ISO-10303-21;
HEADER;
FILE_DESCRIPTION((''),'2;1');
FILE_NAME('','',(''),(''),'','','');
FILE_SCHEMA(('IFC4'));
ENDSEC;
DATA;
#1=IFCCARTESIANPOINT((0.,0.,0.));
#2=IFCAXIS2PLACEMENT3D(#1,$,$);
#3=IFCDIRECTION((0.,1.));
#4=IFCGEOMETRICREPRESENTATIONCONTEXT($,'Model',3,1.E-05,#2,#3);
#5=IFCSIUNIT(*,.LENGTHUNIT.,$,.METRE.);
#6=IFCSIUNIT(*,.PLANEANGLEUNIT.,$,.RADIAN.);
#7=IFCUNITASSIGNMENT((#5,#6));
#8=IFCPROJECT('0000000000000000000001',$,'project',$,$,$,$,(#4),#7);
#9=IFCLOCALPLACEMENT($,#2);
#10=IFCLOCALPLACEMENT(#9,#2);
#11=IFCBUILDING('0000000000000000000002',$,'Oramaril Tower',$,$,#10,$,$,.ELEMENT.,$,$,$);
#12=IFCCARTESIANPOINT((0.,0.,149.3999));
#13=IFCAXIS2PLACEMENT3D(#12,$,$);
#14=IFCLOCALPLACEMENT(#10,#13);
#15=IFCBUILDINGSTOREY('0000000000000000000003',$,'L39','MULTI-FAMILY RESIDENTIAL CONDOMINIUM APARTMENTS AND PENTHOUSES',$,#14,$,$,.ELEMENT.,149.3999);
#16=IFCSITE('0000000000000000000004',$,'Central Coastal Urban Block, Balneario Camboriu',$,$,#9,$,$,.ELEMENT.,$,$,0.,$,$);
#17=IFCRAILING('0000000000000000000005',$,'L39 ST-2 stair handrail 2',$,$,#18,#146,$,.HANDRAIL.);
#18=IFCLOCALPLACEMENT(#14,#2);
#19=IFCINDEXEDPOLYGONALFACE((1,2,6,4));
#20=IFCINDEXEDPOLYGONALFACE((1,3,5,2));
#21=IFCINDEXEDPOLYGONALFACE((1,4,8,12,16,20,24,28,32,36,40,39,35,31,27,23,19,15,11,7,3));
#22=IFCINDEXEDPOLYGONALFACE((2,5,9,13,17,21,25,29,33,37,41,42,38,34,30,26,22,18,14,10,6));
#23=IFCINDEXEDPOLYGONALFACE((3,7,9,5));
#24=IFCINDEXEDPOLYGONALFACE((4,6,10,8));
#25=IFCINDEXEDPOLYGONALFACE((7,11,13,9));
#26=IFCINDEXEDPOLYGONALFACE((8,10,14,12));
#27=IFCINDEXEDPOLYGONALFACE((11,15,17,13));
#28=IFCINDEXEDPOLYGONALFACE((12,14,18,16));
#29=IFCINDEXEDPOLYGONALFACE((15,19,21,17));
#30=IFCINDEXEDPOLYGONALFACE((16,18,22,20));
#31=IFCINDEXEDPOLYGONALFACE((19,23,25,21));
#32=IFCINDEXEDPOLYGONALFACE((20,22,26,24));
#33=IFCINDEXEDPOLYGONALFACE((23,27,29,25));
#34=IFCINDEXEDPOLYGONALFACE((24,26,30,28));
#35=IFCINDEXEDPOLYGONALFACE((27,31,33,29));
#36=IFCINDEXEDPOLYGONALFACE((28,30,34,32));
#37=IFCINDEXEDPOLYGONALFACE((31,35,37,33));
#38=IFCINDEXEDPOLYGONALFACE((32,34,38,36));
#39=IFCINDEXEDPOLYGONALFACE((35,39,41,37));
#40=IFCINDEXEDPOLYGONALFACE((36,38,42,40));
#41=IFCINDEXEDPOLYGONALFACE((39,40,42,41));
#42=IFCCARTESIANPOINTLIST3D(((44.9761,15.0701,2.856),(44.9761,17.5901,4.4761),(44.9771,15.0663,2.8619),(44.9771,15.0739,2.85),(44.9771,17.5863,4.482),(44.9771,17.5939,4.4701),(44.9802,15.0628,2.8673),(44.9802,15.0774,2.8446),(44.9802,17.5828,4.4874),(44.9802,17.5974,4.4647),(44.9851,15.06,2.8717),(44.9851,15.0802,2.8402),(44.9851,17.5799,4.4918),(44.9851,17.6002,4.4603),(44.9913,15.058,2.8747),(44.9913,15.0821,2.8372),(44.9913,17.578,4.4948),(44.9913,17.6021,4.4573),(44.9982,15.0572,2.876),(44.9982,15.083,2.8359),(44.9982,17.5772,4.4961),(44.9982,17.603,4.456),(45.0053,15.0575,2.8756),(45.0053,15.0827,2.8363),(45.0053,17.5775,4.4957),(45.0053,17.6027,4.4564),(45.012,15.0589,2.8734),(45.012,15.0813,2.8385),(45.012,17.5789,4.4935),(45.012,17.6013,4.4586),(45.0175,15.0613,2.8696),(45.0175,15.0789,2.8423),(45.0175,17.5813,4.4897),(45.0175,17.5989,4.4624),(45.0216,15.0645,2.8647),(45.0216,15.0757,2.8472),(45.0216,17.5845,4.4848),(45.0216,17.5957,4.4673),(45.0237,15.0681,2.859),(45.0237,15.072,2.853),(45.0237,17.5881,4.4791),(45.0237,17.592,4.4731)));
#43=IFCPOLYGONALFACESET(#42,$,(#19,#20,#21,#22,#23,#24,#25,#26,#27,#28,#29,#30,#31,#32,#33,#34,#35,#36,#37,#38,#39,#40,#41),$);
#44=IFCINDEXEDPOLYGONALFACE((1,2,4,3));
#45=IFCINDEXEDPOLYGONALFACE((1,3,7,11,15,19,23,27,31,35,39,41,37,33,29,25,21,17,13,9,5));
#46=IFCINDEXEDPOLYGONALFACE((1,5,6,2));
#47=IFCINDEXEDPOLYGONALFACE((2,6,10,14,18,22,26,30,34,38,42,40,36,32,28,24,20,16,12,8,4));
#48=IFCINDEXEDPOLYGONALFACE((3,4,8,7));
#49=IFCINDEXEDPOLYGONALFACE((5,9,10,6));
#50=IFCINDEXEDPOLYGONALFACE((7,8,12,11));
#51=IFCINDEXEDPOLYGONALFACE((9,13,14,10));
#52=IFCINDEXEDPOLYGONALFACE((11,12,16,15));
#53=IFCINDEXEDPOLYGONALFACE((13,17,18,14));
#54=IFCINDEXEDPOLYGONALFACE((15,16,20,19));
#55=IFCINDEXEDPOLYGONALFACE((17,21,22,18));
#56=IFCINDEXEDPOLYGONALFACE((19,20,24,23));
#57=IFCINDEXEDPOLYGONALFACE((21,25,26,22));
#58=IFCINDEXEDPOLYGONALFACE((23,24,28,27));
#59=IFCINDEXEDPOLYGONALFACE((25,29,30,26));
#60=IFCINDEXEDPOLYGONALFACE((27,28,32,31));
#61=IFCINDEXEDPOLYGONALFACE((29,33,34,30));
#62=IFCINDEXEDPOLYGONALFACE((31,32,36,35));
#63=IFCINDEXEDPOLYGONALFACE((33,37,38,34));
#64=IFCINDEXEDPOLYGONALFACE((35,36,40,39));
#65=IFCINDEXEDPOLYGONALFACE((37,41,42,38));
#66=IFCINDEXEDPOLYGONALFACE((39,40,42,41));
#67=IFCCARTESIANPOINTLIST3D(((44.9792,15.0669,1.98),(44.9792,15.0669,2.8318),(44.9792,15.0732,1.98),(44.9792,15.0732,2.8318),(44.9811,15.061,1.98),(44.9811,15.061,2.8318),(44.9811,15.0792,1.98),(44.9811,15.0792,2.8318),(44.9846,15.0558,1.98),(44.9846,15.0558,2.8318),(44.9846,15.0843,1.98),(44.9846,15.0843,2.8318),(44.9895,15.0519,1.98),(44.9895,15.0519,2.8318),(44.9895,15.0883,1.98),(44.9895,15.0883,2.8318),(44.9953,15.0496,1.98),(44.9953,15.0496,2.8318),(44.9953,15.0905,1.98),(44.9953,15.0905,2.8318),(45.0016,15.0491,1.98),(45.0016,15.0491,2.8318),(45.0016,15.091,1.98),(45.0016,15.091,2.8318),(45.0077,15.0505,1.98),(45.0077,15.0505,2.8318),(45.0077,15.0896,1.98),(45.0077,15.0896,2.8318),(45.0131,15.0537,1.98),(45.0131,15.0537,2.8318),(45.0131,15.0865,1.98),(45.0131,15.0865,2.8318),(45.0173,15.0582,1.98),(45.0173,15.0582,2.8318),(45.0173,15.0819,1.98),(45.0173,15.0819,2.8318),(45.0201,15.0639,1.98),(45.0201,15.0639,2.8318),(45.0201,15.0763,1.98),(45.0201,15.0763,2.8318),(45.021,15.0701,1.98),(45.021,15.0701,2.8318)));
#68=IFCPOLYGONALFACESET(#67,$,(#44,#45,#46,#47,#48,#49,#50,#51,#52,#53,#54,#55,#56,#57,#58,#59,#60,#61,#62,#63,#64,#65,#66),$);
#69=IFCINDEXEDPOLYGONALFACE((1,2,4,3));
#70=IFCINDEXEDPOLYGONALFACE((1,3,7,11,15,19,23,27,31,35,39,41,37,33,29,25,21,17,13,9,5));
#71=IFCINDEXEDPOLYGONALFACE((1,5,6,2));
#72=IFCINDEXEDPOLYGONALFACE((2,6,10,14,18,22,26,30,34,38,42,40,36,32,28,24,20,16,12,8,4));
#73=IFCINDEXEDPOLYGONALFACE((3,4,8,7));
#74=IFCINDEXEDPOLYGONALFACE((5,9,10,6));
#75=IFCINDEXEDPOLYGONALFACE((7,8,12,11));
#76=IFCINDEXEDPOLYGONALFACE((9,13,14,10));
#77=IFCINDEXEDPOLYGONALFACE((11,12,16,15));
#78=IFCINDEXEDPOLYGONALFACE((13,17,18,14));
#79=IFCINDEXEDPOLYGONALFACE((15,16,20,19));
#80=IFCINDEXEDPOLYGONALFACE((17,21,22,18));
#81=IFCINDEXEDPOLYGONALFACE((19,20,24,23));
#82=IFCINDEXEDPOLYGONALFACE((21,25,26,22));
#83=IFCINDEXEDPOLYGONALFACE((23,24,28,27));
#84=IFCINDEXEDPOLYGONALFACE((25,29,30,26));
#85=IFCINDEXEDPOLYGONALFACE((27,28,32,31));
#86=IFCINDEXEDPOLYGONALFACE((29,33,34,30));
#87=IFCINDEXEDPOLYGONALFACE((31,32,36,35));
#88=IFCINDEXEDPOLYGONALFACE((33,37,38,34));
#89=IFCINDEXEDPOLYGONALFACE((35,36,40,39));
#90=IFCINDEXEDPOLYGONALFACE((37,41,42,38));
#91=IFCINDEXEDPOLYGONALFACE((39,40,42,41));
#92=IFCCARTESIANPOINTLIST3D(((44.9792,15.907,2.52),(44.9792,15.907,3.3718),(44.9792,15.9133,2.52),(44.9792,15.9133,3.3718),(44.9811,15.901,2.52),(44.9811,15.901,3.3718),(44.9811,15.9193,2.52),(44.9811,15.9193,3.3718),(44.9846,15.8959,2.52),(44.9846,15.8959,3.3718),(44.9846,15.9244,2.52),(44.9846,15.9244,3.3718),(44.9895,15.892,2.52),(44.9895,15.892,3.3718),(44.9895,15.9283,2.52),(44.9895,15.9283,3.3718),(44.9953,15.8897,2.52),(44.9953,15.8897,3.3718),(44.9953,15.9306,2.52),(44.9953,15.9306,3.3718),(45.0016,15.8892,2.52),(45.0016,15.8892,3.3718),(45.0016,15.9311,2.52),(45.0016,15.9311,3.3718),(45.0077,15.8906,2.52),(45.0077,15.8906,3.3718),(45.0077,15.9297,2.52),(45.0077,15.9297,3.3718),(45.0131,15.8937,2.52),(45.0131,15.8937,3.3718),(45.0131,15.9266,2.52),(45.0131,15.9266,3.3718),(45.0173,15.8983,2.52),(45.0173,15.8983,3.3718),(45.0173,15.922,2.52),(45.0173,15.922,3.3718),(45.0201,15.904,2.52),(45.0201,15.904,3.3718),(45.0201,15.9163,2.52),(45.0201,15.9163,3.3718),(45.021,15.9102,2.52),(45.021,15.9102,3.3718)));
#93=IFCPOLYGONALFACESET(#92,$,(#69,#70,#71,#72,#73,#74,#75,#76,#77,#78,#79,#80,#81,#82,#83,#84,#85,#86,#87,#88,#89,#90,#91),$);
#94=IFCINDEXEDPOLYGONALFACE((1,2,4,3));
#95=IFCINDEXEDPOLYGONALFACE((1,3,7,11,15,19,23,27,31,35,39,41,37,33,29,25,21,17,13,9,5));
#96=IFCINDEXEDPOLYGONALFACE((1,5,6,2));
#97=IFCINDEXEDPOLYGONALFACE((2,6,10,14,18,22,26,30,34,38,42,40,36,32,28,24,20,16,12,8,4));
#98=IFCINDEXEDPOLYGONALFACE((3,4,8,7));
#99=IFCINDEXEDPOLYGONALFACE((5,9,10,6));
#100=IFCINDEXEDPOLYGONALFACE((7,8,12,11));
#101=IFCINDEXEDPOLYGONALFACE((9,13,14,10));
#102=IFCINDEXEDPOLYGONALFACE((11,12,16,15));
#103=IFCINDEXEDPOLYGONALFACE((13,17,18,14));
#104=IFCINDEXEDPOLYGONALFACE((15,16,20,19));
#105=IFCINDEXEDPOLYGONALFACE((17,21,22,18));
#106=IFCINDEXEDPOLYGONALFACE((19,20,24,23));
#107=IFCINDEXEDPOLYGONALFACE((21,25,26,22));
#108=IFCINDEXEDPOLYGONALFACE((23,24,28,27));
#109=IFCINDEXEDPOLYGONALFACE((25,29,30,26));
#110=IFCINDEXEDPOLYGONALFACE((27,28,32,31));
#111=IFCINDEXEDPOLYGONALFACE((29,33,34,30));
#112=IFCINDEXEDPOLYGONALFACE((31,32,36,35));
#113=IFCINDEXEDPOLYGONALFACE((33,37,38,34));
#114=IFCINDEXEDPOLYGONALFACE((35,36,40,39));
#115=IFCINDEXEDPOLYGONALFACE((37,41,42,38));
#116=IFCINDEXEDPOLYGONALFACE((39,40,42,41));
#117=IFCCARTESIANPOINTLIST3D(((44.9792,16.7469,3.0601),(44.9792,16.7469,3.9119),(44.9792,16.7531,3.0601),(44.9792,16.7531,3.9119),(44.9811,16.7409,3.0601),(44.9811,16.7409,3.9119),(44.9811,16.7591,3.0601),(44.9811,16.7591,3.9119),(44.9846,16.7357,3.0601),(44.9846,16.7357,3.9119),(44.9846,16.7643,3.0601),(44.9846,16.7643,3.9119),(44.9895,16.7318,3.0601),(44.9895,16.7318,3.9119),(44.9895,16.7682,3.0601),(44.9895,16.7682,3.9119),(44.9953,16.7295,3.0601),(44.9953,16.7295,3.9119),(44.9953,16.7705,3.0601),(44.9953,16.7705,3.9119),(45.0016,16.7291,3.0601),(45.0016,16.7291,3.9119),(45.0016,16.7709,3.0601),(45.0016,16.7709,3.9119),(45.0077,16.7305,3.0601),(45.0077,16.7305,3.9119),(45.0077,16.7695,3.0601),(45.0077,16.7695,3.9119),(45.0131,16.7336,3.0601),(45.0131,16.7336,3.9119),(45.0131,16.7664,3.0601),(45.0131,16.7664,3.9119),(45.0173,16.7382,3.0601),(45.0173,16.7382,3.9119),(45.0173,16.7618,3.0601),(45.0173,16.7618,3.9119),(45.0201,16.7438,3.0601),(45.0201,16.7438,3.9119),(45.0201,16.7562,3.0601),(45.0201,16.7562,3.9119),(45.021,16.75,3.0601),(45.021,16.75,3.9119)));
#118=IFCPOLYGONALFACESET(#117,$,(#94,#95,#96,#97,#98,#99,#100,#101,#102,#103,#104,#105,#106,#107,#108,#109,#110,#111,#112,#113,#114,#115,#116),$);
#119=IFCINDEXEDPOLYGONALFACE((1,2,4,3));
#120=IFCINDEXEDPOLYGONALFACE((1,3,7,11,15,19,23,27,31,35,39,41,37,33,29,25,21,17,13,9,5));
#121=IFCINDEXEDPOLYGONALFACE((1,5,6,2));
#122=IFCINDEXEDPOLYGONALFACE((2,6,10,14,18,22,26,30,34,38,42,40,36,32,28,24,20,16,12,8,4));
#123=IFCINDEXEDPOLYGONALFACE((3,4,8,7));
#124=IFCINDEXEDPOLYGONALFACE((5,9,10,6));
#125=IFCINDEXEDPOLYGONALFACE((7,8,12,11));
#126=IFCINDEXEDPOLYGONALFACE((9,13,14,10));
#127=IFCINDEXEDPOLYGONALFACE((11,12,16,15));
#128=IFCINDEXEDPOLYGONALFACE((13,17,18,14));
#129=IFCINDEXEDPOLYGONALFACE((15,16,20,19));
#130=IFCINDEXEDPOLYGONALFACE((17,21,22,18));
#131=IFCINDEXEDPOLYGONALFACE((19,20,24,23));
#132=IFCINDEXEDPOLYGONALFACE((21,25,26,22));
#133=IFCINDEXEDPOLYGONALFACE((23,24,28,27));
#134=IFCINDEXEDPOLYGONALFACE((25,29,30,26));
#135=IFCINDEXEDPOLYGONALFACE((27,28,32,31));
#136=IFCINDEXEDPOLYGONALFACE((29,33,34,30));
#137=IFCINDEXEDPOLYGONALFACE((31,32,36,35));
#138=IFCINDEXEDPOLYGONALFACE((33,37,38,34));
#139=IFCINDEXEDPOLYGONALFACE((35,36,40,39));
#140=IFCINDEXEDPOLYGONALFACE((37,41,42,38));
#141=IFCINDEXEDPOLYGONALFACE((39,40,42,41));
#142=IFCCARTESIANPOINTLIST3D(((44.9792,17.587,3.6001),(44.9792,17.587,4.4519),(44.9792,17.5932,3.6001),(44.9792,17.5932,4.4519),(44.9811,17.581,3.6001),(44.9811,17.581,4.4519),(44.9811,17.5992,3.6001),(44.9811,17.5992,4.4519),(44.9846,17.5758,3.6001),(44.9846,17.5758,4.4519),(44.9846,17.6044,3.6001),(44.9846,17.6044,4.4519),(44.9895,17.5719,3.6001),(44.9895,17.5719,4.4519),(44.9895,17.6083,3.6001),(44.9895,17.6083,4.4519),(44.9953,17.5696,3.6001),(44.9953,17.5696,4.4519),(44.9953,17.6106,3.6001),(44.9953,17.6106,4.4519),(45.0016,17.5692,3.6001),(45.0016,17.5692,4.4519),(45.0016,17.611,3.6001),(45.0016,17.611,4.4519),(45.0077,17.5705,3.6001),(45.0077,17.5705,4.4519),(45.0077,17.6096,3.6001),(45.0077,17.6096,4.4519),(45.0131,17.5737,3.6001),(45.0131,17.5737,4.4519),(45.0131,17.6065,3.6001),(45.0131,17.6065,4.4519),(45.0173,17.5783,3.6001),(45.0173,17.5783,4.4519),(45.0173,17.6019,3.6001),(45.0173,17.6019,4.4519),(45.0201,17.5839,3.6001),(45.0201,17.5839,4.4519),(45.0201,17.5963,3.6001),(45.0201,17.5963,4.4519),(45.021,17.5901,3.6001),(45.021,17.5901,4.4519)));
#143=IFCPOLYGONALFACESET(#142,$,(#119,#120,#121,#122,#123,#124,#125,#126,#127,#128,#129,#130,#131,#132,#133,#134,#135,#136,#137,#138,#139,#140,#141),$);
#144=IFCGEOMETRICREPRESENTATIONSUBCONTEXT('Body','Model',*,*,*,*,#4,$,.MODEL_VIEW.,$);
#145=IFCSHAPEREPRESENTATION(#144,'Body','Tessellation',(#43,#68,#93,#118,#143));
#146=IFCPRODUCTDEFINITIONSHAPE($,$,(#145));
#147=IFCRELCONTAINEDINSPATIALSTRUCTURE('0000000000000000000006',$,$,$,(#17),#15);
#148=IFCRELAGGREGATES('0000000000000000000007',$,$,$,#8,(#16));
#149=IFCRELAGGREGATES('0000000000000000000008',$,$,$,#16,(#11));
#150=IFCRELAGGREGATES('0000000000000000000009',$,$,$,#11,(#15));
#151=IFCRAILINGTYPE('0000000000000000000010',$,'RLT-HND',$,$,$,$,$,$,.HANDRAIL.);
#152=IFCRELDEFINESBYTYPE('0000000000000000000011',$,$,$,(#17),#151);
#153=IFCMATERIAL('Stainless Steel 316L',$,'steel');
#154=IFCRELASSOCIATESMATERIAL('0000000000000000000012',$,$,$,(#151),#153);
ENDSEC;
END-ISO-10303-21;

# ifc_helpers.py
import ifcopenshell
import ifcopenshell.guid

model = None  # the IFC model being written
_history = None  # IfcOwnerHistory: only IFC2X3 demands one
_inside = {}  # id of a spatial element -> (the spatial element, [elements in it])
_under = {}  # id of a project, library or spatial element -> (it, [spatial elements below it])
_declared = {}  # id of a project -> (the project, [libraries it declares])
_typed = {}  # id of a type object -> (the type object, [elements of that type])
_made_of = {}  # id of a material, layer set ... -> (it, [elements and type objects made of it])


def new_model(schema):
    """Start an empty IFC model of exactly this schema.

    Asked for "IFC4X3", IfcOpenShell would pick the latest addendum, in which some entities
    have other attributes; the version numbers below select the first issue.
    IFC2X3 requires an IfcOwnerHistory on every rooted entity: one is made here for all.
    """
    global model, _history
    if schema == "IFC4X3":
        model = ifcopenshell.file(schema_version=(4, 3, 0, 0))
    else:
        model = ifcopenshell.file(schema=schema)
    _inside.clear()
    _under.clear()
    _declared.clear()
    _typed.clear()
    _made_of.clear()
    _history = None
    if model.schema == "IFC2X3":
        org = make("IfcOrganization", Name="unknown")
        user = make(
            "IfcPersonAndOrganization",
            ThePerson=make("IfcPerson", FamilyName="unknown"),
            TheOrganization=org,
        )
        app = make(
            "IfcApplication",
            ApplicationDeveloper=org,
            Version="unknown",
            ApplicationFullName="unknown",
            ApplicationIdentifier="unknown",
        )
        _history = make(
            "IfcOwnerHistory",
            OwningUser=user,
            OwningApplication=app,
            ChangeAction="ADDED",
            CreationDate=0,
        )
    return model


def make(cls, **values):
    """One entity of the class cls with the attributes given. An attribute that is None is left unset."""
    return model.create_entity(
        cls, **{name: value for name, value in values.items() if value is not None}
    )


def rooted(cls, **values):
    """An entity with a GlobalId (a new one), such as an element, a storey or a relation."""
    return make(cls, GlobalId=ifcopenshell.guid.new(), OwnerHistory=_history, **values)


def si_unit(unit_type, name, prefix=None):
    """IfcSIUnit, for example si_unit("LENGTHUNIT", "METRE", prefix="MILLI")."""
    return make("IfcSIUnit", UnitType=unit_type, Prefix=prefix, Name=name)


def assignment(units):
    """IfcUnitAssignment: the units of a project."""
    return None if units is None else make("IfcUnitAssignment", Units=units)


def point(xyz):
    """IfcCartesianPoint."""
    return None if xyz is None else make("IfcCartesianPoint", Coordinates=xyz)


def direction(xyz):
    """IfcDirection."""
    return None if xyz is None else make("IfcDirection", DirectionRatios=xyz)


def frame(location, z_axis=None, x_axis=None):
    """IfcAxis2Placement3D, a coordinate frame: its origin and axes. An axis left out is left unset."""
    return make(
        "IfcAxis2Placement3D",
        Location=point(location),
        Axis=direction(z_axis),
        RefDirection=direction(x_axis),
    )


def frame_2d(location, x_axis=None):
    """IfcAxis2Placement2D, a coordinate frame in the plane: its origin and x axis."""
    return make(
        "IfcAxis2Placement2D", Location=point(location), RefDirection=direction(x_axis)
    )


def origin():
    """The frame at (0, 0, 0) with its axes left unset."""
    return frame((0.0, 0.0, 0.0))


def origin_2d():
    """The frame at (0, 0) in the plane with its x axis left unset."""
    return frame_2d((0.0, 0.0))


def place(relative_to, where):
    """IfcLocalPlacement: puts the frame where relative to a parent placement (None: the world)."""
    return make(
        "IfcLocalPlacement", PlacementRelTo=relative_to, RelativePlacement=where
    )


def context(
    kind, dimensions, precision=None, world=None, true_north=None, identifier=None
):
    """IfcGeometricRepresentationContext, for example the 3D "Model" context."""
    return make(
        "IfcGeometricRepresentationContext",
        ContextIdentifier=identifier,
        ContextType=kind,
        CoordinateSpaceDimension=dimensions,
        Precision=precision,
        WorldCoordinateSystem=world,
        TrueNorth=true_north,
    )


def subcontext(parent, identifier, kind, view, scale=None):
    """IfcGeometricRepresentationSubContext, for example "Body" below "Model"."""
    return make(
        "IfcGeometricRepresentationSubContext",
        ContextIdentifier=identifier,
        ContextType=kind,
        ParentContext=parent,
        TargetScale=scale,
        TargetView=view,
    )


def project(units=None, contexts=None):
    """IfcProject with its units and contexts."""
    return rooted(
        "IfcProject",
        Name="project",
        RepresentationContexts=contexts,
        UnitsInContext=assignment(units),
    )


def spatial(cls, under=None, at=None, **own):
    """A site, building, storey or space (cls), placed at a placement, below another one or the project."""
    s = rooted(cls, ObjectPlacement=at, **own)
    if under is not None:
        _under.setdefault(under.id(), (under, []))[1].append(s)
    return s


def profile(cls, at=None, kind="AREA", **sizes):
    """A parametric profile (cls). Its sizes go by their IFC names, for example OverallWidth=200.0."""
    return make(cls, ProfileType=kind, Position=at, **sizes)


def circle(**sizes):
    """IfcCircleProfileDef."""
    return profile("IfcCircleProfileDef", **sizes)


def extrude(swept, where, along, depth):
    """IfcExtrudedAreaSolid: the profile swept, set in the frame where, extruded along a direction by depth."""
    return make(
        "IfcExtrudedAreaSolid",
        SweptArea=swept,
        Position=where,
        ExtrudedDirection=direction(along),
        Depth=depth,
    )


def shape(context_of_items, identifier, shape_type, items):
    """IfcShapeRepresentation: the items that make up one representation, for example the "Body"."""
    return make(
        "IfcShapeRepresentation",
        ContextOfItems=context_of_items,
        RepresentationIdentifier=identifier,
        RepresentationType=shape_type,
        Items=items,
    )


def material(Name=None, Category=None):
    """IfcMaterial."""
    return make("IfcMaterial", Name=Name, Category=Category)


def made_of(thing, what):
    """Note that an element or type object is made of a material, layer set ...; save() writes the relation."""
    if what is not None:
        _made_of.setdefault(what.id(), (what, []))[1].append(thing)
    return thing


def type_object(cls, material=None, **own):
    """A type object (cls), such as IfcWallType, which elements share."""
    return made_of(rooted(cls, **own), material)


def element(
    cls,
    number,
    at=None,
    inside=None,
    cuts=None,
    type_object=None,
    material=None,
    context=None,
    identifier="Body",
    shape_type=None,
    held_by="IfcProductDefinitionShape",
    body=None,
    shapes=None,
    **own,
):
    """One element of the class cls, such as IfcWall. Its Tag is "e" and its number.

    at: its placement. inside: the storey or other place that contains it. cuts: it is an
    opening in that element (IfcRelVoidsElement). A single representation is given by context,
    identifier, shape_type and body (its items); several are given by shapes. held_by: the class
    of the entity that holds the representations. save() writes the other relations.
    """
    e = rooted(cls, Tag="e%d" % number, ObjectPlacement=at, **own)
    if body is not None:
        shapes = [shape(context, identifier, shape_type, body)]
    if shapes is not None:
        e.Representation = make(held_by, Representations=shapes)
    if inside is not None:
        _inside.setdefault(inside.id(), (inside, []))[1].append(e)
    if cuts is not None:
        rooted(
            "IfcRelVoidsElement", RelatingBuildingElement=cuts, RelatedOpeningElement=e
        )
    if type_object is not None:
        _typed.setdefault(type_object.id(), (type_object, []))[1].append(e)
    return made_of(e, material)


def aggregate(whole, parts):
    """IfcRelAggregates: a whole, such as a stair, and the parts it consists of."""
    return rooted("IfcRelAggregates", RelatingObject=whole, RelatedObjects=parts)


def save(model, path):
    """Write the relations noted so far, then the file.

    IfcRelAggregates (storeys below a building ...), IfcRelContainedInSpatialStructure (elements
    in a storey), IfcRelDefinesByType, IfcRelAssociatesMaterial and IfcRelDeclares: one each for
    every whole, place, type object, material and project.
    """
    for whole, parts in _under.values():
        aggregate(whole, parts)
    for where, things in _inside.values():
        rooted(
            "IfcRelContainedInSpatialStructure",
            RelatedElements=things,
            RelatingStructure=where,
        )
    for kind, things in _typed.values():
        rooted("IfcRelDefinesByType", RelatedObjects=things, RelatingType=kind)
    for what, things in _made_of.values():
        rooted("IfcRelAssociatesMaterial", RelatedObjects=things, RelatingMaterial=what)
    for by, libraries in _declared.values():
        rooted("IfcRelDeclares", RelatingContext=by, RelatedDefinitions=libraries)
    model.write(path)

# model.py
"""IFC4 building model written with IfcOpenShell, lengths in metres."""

from ifc_helpers import new_model, si_unit, direction, frame, origin, origin_2d, place, context, subcontext, project, spatial, circle, extrude, material, type_object, element, save


model = new_model("IFC4")

# Units and contexts
model_context = context("Model", 3, precision=1e-05, world=origin(), true_north=direction((0.0, 1.0)))
body_context = subcontext(model_context, "Body", "Model", "MODEL_VIEW")
ifc_project = project(units=[si_unit("LENGTHUNIT", "METRE"), si_unit("PLANEANGLEUNIT", "RADIAN")], contexts=[model_context])

# Site, building, storey
site_placement = place(None, origin())
site = spatial("IfcSite", under=ifc_project, at=site_placement, Name="Central Coastal Urban Block, Balneario Camboriu", CompositionType="ELEMENT", RefElevation=0.0)
building_placement = place(site_placement, origin())
building = spatial("IfcBuilding", under=site, at=building_placement, Name="Oramaril Tower", CompositionType="ELEMENT")
storey_placement = place(building_placement, frame((0.0, 0.0, 149.3999)))
storey = spatial("IfcBuildingStorey", under=building, at=storey_placement, Name="L39", Description="MULTI-FAMILY RESIDENTIAL CONDOMINIUM APARTMENTS AND PENTHOUSES", CompositionType="ELEMENT", Elevation=149.3999)

# Railing
ifc_material_1 = material(Name="Stainless Steel 316L", Category="steel")
railing_type_1 = type_object("IfcRailingType", Name="RLT-HND", PredefinedType="HANDRAIL", material=ifc_material_1)
railing_1_placement = place(storey_placement, frame((45.0, 15.0701, 1.98)))
element("IfcRailing", 1, at=railing_1_placement, inside=storey, type_object=railing_type_1, Name="L39 ST-2 stair handrail 2", PredefinedType="HANDRAIL", context=body_context, shape_type="SweptSolid", body=[
    extrude(circle(Radius=0.0239, at=origin_2d()), frame((0.0, 0.0, 0.876), z_axis=(0.0, 0.841163, 0.540782), x_axis=(-1.0, 0.0, 0.0)), (0.0, 0.0, 1.0), 2.9958),
    extrude(circle(Radius=0.021, at=origin_2d()), origin(), (0.0, 0.0, 1.0), 0.8518),
    extrude(circle(Radius=0.021, at=origin_2d()), frame((0.0, 0.8401, 0.54)), (0.0, 0.0, 1.0), 0.8518),
    extrude(circle(Radius=0.021, at=origin_2d()), frame((0.0, 1.6799, 1.0801)), (0.0, 0.0, 1.0), 0.8518),
    extrude(circle(Radius=0.021, at=origin_2d()), frame((0.0, 2.52, 1.6201)), (0.0, 0.0, 1.0), 0.8518),
])

save(model, "model.ifc")
